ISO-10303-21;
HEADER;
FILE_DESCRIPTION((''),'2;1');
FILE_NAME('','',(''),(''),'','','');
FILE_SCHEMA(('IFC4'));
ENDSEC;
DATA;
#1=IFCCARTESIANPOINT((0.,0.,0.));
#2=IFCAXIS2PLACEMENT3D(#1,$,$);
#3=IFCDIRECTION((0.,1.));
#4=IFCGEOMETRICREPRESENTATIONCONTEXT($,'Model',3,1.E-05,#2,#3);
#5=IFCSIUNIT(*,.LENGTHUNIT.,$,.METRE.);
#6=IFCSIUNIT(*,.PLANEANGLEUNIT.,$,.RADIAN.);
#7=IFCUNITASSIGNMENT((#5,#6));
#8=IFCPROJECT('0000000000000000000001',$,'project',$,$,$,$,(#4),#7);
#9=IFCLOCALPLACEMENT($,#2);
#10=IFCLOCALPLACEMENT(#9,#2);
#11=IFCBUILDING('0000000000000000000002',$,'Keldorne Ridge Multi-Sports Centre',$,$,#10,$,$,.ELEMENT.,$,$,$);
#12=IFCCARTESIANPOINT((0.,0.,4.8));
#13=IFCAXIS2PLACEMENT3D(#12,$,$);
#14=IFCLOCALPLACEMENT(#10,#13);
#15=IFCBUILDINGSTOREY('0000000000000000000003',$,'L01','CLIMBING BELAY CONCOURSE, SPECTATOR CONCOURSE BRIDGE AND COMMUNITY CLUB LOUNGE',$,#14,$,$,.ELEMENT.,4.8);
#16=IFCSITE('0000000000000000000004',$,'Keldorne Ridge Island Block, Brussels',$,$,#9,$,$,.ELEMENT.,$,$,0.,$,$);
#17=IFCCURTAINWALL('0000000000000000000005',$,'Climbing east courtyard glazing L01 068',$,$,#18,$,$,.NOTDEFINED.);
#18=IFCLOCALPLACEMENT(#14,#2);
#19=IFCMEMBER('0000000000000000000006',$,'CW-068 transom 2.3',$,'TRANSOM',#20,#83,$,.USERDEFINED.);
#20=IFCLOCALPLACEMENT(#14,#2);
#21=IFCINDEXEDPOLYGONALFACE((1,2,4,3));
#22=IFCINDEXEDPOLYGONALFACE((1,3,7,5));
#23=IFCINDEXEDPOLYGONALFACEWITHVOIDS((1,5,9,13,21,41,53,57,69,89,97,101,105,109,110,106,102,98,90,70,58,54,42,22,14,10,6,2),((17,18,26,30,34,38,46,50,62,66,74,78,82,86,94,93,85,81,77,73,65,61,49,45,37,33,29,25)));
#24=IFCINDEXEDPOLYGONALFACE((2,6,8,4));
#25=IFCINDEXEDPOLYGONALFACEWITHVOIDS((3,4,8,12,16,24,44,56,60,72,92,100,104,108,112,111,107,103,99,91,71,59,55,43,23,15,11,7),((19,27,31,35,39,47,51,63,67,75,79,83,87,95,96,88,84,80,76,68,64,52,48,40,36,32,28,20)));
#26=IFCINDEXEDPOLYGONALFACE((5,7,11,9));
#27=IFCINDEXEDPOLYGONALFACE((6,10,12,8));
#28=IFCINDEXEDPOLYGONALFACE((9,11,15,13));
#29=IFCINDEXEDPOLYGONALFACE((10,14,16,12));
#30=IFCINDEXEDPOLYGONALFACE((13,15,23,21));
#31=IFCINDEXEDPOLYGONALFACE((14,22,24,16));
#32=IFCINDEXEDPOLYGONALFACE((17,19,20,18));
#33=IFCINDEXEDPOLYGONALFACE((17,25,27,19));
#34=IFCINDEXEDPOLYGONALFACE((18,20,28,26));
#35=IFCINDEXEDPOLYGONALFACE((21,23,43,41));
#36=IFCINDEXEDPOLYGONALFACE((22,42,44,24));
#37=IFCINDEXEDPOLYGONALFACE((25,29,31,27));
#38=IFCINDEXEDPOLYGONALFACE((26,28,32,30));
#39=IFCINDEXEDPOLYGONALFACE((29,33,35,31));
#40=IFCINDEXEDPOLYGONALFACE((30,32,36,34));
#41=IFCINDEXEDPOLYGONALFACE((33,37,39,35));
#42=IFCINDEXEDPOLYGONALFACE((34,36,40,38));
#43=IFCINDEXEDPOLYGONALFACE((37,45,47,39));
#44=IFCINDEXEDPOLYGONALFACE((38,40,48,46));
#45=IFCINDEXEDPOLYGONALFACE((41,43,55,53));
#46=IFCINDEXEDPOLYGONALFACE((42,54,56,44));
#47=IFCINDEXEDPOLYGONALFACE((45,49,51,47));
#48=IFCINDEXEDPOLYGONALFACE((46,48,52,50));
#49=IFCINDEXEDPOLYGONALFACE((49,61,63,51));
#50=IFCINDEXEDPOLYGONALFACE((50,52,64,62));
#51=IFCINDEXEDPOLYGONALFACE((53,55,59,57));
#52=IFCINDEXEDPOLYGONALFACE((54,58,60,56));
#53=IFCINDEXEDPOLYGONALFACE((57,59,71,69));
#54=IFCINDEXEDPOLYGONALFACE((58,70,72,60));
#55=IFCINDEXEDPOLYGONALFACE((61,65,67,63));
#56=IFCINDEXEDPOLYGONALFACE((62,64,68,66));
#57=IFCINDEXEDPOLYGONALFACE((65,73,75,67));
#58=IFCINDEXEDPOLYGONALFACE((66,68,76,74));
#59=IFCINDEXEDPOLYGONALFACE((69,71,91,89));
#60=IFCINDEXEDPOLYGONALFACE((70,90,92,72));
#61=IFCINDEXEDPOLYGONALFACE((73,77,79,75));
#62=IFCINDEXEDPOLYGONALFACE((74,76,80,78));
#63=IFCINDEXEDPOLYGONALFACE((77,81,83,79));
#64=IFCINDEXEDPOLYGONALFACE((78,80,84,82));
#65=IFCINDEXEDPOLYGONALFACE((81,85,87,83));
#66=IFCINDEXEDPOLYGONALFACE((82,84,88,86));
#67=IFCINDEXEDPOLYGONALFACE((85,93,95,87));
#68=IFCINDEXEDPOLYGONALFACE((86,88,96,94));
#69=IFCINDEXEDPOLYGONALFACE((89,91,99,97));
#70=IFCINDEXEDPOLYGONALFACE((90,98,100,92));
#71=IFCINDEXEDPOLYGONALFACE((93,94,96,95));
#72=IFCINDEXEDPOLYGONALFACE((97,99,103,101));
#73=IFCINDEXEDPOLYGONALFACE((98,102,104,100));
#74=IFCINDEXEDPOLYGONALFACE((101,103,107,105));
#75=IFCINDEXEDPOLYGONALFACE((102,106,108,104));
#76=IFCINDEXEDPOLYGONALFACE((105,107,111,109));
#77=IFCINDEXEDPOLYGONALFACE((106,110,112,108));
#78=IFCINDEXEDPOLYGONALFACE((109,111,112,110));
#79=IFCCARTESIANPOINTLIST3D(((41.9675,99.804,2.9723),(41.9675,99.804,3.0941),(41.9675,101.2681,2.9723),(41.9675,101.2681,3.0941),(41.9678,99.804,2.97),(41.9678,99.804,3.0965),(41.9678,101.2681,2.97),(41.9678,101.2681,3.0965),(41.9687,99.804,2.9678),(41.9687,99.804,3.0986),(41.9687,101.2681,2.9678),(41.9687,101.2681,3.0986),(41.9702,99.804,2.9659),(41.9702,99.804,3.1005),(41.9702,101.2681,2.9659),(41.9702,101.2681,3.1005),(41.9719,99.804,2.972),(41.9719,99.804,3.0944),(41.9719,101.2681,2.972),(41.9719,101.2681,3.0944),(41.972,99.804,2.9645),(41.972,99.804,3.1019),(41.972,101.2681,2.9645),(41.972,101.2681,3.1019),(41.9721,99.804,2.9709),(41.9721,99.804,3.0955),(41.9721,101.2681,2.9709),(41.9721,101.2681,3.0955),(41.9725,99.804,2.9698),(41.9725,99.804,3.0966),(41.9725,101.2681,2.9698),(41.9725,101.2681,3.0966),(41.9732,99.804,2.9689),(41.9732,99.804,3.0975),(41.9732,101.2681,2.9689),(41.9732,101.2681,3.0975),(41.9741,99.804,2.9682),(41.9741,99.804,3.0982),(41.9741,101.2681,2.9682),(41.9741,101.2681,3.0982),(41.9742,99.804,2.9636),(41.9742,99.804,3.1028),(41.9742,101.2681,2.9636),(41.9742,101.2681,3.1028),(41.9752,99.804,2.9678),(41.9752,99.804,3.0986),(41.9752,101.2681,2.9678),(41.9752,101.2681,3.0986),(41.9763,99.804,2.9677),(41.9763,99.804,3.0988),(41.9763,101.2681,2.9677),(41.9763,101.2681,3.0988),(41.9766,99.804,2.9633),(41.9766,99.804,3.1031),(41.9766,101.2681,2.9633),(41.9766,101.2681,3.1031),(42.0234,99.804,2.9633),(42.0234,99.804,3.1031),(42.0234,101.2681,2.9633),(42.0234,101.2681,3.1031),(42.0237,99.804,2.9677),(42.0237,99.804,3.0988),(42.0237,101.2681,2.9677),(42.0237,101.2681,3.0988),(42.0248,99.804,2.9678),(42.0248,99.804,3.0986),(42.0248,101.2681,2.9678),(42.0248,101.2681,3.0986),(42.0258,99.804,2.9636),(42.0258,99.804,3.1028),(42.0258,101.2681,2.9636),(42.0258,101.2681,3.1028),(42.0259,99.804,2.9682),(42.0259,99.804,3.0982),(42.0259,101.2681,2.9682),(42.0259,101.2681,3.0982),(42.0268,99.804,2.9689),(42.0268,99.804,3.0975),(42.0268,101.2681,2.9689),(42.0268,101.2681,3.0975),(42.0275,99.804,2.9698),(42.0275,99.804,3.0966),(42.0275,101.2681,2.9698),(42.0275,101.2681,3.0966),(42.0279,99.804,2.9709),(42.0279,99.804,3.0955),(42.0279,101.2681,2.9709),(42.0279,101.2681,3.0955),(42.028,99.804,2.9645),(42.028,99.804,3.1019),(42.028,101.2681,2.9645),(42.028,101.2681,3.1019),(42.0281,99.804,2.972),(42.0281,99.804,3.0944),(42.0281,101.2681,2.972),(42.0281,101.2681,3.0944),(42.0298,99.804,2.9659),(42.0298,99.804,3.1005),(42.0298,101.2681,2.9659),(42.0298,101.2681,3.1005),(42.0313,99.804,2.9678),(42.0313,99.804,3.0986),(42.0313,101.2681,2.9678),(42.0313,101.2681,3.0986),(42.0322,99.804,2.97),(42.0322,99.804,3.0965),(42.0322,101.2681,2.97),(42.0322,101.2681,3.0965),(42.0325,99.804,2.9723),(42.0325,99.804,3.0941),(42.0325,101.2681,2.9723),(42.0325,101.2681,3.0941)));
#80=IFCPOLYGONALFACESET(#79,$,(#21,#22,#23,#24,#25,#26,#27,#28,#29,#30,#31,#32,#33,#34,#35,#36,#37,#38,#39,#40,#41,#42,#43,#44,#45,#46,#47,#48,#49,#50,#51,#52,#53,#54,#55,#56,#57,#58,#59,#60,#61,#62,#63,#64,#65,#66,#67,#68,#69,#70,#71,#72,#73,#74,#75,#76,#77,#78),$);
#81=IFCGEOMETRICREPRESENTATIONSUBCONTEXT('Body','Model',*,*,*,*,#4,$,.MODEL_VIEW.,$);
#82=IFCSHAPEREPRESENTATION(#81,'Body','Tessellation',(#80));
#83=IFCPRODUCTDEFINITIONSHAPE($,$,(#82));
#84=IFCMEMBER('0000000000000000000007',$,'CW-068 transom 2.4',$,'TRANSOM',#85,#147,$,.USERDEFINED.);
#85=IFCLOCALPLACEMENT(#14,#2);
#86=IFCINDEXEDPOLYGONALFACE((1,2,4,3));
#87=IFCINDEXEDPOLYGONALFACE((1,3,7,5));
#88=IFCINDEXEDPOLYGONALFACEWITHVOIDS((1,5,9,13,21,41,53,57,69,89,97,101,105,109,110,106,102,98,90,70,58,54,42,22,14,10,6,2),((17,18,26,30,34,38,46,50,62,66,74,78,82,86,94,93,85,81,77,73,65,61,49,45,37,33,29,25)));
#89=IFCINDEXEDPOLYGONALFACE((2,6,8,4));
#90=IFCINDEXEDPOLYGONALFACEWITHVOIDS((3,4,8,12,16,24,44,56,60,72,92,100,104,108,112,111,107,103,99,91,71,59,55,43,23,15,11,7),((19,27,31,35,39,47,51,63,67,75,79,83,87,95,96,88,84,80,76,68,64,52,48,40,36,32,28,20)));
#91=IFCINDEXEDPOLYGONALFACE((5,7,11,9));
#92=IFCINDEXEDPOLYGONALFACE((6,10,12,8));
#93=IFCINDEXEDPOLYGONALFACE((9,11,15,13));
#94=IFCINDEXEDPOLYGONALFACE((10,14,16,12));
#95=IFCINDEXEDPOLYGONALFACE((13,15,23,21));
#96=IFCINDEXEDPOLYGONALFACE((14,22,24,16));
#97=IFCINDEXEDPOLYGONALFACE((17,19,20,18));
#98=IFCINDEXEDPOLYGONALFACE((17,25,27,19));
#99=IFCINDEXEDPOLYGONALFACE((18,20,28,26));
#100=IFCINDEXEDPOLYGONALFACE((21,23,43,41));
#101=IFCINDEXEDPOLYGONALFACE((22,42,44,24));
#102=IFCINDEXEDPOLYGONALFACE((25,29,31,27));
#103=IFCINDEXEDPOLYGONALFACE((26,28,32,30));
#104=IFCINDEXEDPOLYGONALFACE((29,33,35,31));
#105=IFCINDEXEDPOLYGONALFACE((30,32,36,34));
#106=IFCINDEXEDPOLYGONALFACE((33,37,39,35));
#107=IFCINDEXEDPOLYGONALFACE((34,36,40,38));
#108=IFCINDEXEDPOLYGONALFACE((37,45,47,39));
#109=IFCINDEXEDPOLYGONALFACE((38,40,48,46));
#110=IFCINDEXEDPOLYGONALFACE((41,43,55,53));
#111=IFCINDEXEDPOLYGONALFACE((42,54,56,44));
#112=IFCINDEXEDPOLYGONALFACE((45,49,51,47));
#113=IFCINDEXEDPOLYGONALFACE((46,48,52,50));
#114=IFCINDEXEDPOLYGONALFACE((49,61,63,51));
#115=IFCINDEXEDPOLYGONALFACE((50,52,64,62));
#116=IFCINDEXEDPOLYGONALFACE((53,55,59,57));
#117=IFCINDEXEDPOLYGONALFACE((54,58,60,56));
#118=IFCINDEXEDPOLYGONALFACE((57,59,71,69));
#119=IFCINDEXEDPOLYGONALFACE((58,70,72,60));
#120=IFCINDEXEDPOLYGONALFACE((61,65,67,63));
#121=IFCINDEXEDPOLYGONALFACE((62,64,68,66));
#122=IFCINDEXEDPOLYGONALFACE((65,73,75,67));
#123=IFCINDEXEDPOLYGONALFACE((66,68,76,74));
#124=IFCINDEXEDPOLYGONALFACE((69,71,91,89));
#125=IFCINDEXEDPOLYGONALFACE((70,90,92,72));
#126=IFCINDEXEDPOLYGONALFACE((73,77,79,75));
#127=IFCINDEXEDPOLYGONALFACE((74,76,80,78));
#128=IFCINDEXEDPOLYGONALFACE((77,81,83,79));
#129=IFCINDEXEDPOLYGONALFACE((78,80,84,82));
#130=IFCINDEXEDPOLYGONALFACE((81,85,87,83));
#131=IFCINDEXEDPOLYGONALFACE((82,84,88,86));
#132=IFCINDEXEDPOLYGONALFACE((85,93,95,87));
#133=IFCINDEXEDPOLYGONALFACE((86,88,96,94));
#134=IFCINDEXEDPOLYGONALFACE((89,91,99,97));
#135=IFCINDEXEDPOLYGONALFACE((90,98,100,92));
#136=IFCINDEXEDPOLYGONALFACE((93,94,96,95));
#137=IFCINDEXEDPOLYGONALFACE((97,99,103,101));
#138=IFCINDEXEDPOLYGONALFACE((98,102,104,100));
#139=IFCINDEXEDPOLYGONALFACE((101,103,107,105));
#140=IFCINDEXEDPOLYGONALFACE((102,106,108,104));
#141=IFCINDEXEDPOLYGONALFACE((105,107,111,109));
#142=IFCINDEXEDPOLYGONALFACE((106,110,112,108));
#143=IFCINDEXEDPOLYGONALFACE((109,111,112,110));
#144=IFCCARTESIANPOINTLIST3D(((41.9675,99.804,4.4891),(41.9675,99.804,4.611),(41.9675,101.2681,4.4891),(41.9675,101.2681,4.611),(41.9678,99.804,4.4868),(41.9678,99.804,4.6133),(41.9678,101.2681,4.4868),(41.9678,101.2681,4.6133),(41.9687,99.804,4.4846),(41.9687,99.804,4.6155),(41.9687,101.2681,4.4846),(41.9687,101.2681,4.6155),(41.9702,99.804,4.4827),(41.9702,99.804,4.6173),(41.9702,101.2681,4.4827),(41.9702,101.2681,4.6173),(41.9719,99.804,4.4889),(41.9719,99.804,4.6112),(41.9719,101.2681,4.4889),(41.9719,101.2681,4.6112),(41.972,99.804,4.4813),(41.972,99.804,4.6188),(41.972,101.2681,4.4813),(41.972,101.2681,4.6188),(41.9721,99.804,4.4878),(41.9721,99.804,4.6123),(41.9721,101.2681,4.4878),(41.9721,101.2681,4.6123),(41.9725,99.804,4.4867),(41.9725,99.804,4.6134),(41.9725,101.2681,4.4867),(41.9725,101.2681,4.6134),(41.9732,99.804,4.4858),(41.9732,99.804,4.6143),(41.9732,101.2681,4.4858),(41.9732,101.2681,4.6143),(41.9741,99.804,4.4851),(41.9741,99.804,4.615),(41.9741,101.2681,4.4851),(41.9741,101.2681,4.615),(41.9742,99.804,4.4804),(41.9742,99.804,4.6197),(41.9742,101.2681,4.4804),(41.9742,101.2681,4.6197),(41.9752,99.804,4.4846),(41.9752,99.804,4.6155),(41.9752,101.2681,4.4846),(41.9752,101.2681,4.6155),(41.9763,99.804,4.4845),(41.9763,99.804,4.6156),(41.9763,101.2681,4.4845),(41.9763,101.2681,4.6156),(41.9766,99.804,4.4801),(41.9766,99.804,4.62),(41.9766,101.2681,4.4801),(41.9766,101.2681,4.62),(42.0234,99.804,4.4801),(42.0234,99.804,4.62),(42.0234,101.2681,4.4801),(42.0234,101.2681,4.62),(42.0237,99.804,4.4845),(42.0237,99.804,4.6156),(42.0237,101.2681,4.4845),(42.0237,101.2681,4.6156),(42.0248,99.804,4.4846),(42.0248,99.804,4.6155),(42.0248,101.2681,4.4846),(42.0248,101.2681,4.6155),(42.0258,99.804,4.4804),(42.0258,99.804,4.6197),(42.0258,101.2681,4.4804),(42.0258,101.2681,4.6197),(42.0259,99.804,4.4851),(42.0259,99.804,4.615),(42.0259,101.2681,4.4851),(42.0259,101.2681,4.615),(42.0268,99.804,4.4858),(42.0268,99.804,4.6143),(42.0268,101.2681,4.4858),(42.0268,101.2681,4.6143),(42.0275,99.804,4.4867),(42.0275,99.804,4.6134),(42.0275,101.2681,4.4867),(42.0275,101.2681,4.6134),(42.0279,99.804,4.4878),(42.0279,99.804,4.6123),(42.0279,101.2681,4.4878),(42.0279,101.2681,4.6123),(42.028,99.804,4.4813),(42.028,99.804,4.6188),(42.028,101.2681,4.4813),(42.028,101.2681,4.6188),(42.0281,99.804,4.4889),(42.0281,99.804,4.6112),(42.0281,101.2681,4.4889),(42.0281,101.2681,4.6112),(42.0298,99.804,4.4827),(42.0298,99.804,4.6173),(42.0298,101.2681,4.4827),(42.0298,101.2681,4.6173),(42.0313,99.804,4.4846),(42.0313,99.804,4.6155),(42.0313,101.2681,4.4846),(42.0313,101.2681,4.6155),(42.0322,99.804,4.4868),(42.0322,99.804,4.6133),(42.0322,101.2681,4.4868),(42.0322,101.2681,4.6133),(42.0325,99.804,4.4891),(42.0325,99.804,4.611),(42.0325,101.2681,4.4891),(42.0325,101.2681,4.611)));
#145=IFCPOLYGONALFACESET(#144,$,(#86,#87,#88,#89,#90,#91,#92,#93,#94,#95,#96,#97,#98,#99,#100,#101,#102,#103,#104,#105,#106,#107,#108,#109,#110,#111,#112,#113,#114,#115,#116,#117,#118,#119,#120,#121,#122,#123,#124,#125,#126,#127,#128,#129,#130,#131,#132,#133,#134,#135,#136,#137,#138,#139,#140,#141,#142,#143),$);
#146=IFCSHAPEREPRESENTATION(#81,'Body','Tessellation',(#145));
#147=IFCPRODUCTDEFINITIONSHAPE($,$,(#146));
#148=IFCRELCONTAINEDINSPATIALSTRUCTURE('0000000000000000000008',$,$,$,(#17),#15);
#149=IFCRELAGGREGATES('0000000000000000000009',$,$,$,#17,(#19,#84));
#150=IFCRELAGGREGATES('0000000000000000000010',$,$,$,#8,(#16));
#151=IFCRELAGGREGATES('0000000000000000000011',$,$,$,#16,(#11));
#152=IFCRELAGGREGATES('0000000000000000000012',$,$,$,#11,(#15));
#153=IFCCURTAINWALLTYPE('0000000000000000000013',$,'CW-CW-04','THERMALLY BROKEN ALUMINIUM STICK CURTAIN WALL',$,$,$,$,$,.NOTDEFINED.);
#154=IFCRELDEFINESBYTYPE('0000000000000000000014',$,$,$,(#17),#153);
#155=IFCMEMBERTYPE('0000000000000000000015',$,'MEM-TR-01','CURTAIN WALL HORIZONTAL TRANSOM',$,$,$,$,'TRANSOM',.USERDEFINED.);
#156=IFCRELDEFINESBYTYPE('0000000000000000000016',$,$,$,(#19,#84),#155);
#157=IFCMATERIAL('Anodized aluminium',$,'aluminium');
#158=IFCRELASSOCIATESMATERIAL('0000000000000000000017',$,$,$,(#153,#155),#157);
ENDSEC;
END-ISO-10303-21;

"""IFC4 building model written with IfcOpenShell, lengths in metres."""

from ifc_helpers import new_model, si_unit, direction, frame, origin, origin_2d, place, context, subcontext, project, spatial, hollow_rectangle, extrude, material, material_profile, profile_set, type_object, element, aggregate, save


model = new_model("IFC4")

# Units and contexts
model_context = context("Model", 3, precision=1e-05, world=origin(), true_north=direction((0.0, 1.0)))
body_context = subcontext(model_context, "Body", "Model", "MODEL_VIEW")
ifc_project = project(units=[si_unit("LENGTHUNIT", "METRE"), si_unit("PLANEANGLEUNIT", "RADIAN")], contexts=[model_context])

# Site, building, storey
site_placement = place(None, origin())
site = spatial("IfcSite", under=ifc_project, at=site_placement, Name="Keldorne Ridge Island Block, Brussels", CompositionType="ELEMENT", RefElevation=0.0)
building_placement = place(site_placement, origin())
building = spatial("IfcBuilding", under=site, at=building_placement, Name="Keldorne Ridge Multi-Sports Centre", CompositionType="ELEMENT")
storey_placement = place(building_placement, frame((0.0, 0.0, 4.8)))
storey = spatial("IfcBuildingStorey", under=building, at=storey_placement, Name="L01", Description="CLIMBING BELAY CONCOURSE, SPECTATOR CONCOURSE BRIDGE AND COMMUNITY CLUB LOUNGE", CompositionType="ELEMENT", Elevation=4.8)

# Shared definitions
ifc_material_1 = material(Name="Anodized aluminium", Category="aluminium")

# Curtain wall, members
curtain_wall_type_1 = type_object("IfcCurtainWallType", Name="CW-CW-04", Description="THERMALLY BROKEN ALUMINIUM STICK CURTAIN WALL", PredefinedType="NOTDEFINED", material=ifc_material_1)
curtain_wall_1_placement = place(storey_placement, origin())
curtain_wall_1 = element("IfcCurtainWall", 1, at=curtain_wall_1_placement, inside=storey, type_object=curtain_wall_type_1, Name="Climbing east courtyard glazing L01 068", PredefinedType="NOTDEFINED")
ifc_material_profile_1 = material_profile(ifc_material_1, hollow_rectangle(XDim=0.0649, YDim=0.1399, WallThickness=0.0044, InnerFilletRadius=0.0044, OuterFilletRadius=0.009, at=origin_2d()), Name="ALU TRANSOM 140x65x4.5")
ifc_profile_set_1 = profile_set([ifc_material_profile_1], Name="Anodized aluminium")
member_type_1 = type_object("IfcMemberType", Name="MEM-TR-01", Description="CURTAIN WALL HORIZONTAL TRANSOM", ElementType="TRANSOM", PredefinedType="USERDEFINED", material=ifc_profile_set_1)
member_1_placement = place(storey_placement, frame((42.0, 99.804, 3.0332), z_axis=(0.0, 1.0, 0.0), x_axis=(-1.0, 0.0, 0.0)))
member_1 = element("IfcMember", 2, at=member_1_placement, type_object=member_type_1, Name="CW-068 transom 2.3", ObjectType="TRANSOM", PredefinedType="USERDEFINED", context=body_context, shape_type="SweptSolid", body=[
    extrude(hollow_rectangle(XDim=0.0649, YDim=0.1399, WallThickness=0.0044, InnerFilletRadius=0.0044, OuterFilletRadius=0.009, at=origin_2d()), origin(), (0.0, 0.0, 1.0), 1.4641),
])
member_2_placement = place(storey_placement, frame((42.0, 99.804, 4.55), z_axis=(0.0, 1.0, 0.0), x_axis=(-1.0, 0.0, 0.0)))
member_2 = element("IfcMember", 3, at=member_2_placement, type_object=member_type_1, Name="CW-068 transom 2.4", ObjectType="TRANSOM", PredefinedType="USERDEFINED", context=body_context, shape_type="SweptSolid", body=[
    extrude(hollow_rectangle(XDim=0.0649, YDim=0.1399, WallThickness=0.0044, InnerFilletRadius=0.0044, OuterFilletRadius=0.009, at=origin_2d()), origin(), (0.0, 0.0, 1.0), 1.4641),
])

aggregate(curtain_wall_1, [member_1, member_2])

save(model, "model.ifc")
